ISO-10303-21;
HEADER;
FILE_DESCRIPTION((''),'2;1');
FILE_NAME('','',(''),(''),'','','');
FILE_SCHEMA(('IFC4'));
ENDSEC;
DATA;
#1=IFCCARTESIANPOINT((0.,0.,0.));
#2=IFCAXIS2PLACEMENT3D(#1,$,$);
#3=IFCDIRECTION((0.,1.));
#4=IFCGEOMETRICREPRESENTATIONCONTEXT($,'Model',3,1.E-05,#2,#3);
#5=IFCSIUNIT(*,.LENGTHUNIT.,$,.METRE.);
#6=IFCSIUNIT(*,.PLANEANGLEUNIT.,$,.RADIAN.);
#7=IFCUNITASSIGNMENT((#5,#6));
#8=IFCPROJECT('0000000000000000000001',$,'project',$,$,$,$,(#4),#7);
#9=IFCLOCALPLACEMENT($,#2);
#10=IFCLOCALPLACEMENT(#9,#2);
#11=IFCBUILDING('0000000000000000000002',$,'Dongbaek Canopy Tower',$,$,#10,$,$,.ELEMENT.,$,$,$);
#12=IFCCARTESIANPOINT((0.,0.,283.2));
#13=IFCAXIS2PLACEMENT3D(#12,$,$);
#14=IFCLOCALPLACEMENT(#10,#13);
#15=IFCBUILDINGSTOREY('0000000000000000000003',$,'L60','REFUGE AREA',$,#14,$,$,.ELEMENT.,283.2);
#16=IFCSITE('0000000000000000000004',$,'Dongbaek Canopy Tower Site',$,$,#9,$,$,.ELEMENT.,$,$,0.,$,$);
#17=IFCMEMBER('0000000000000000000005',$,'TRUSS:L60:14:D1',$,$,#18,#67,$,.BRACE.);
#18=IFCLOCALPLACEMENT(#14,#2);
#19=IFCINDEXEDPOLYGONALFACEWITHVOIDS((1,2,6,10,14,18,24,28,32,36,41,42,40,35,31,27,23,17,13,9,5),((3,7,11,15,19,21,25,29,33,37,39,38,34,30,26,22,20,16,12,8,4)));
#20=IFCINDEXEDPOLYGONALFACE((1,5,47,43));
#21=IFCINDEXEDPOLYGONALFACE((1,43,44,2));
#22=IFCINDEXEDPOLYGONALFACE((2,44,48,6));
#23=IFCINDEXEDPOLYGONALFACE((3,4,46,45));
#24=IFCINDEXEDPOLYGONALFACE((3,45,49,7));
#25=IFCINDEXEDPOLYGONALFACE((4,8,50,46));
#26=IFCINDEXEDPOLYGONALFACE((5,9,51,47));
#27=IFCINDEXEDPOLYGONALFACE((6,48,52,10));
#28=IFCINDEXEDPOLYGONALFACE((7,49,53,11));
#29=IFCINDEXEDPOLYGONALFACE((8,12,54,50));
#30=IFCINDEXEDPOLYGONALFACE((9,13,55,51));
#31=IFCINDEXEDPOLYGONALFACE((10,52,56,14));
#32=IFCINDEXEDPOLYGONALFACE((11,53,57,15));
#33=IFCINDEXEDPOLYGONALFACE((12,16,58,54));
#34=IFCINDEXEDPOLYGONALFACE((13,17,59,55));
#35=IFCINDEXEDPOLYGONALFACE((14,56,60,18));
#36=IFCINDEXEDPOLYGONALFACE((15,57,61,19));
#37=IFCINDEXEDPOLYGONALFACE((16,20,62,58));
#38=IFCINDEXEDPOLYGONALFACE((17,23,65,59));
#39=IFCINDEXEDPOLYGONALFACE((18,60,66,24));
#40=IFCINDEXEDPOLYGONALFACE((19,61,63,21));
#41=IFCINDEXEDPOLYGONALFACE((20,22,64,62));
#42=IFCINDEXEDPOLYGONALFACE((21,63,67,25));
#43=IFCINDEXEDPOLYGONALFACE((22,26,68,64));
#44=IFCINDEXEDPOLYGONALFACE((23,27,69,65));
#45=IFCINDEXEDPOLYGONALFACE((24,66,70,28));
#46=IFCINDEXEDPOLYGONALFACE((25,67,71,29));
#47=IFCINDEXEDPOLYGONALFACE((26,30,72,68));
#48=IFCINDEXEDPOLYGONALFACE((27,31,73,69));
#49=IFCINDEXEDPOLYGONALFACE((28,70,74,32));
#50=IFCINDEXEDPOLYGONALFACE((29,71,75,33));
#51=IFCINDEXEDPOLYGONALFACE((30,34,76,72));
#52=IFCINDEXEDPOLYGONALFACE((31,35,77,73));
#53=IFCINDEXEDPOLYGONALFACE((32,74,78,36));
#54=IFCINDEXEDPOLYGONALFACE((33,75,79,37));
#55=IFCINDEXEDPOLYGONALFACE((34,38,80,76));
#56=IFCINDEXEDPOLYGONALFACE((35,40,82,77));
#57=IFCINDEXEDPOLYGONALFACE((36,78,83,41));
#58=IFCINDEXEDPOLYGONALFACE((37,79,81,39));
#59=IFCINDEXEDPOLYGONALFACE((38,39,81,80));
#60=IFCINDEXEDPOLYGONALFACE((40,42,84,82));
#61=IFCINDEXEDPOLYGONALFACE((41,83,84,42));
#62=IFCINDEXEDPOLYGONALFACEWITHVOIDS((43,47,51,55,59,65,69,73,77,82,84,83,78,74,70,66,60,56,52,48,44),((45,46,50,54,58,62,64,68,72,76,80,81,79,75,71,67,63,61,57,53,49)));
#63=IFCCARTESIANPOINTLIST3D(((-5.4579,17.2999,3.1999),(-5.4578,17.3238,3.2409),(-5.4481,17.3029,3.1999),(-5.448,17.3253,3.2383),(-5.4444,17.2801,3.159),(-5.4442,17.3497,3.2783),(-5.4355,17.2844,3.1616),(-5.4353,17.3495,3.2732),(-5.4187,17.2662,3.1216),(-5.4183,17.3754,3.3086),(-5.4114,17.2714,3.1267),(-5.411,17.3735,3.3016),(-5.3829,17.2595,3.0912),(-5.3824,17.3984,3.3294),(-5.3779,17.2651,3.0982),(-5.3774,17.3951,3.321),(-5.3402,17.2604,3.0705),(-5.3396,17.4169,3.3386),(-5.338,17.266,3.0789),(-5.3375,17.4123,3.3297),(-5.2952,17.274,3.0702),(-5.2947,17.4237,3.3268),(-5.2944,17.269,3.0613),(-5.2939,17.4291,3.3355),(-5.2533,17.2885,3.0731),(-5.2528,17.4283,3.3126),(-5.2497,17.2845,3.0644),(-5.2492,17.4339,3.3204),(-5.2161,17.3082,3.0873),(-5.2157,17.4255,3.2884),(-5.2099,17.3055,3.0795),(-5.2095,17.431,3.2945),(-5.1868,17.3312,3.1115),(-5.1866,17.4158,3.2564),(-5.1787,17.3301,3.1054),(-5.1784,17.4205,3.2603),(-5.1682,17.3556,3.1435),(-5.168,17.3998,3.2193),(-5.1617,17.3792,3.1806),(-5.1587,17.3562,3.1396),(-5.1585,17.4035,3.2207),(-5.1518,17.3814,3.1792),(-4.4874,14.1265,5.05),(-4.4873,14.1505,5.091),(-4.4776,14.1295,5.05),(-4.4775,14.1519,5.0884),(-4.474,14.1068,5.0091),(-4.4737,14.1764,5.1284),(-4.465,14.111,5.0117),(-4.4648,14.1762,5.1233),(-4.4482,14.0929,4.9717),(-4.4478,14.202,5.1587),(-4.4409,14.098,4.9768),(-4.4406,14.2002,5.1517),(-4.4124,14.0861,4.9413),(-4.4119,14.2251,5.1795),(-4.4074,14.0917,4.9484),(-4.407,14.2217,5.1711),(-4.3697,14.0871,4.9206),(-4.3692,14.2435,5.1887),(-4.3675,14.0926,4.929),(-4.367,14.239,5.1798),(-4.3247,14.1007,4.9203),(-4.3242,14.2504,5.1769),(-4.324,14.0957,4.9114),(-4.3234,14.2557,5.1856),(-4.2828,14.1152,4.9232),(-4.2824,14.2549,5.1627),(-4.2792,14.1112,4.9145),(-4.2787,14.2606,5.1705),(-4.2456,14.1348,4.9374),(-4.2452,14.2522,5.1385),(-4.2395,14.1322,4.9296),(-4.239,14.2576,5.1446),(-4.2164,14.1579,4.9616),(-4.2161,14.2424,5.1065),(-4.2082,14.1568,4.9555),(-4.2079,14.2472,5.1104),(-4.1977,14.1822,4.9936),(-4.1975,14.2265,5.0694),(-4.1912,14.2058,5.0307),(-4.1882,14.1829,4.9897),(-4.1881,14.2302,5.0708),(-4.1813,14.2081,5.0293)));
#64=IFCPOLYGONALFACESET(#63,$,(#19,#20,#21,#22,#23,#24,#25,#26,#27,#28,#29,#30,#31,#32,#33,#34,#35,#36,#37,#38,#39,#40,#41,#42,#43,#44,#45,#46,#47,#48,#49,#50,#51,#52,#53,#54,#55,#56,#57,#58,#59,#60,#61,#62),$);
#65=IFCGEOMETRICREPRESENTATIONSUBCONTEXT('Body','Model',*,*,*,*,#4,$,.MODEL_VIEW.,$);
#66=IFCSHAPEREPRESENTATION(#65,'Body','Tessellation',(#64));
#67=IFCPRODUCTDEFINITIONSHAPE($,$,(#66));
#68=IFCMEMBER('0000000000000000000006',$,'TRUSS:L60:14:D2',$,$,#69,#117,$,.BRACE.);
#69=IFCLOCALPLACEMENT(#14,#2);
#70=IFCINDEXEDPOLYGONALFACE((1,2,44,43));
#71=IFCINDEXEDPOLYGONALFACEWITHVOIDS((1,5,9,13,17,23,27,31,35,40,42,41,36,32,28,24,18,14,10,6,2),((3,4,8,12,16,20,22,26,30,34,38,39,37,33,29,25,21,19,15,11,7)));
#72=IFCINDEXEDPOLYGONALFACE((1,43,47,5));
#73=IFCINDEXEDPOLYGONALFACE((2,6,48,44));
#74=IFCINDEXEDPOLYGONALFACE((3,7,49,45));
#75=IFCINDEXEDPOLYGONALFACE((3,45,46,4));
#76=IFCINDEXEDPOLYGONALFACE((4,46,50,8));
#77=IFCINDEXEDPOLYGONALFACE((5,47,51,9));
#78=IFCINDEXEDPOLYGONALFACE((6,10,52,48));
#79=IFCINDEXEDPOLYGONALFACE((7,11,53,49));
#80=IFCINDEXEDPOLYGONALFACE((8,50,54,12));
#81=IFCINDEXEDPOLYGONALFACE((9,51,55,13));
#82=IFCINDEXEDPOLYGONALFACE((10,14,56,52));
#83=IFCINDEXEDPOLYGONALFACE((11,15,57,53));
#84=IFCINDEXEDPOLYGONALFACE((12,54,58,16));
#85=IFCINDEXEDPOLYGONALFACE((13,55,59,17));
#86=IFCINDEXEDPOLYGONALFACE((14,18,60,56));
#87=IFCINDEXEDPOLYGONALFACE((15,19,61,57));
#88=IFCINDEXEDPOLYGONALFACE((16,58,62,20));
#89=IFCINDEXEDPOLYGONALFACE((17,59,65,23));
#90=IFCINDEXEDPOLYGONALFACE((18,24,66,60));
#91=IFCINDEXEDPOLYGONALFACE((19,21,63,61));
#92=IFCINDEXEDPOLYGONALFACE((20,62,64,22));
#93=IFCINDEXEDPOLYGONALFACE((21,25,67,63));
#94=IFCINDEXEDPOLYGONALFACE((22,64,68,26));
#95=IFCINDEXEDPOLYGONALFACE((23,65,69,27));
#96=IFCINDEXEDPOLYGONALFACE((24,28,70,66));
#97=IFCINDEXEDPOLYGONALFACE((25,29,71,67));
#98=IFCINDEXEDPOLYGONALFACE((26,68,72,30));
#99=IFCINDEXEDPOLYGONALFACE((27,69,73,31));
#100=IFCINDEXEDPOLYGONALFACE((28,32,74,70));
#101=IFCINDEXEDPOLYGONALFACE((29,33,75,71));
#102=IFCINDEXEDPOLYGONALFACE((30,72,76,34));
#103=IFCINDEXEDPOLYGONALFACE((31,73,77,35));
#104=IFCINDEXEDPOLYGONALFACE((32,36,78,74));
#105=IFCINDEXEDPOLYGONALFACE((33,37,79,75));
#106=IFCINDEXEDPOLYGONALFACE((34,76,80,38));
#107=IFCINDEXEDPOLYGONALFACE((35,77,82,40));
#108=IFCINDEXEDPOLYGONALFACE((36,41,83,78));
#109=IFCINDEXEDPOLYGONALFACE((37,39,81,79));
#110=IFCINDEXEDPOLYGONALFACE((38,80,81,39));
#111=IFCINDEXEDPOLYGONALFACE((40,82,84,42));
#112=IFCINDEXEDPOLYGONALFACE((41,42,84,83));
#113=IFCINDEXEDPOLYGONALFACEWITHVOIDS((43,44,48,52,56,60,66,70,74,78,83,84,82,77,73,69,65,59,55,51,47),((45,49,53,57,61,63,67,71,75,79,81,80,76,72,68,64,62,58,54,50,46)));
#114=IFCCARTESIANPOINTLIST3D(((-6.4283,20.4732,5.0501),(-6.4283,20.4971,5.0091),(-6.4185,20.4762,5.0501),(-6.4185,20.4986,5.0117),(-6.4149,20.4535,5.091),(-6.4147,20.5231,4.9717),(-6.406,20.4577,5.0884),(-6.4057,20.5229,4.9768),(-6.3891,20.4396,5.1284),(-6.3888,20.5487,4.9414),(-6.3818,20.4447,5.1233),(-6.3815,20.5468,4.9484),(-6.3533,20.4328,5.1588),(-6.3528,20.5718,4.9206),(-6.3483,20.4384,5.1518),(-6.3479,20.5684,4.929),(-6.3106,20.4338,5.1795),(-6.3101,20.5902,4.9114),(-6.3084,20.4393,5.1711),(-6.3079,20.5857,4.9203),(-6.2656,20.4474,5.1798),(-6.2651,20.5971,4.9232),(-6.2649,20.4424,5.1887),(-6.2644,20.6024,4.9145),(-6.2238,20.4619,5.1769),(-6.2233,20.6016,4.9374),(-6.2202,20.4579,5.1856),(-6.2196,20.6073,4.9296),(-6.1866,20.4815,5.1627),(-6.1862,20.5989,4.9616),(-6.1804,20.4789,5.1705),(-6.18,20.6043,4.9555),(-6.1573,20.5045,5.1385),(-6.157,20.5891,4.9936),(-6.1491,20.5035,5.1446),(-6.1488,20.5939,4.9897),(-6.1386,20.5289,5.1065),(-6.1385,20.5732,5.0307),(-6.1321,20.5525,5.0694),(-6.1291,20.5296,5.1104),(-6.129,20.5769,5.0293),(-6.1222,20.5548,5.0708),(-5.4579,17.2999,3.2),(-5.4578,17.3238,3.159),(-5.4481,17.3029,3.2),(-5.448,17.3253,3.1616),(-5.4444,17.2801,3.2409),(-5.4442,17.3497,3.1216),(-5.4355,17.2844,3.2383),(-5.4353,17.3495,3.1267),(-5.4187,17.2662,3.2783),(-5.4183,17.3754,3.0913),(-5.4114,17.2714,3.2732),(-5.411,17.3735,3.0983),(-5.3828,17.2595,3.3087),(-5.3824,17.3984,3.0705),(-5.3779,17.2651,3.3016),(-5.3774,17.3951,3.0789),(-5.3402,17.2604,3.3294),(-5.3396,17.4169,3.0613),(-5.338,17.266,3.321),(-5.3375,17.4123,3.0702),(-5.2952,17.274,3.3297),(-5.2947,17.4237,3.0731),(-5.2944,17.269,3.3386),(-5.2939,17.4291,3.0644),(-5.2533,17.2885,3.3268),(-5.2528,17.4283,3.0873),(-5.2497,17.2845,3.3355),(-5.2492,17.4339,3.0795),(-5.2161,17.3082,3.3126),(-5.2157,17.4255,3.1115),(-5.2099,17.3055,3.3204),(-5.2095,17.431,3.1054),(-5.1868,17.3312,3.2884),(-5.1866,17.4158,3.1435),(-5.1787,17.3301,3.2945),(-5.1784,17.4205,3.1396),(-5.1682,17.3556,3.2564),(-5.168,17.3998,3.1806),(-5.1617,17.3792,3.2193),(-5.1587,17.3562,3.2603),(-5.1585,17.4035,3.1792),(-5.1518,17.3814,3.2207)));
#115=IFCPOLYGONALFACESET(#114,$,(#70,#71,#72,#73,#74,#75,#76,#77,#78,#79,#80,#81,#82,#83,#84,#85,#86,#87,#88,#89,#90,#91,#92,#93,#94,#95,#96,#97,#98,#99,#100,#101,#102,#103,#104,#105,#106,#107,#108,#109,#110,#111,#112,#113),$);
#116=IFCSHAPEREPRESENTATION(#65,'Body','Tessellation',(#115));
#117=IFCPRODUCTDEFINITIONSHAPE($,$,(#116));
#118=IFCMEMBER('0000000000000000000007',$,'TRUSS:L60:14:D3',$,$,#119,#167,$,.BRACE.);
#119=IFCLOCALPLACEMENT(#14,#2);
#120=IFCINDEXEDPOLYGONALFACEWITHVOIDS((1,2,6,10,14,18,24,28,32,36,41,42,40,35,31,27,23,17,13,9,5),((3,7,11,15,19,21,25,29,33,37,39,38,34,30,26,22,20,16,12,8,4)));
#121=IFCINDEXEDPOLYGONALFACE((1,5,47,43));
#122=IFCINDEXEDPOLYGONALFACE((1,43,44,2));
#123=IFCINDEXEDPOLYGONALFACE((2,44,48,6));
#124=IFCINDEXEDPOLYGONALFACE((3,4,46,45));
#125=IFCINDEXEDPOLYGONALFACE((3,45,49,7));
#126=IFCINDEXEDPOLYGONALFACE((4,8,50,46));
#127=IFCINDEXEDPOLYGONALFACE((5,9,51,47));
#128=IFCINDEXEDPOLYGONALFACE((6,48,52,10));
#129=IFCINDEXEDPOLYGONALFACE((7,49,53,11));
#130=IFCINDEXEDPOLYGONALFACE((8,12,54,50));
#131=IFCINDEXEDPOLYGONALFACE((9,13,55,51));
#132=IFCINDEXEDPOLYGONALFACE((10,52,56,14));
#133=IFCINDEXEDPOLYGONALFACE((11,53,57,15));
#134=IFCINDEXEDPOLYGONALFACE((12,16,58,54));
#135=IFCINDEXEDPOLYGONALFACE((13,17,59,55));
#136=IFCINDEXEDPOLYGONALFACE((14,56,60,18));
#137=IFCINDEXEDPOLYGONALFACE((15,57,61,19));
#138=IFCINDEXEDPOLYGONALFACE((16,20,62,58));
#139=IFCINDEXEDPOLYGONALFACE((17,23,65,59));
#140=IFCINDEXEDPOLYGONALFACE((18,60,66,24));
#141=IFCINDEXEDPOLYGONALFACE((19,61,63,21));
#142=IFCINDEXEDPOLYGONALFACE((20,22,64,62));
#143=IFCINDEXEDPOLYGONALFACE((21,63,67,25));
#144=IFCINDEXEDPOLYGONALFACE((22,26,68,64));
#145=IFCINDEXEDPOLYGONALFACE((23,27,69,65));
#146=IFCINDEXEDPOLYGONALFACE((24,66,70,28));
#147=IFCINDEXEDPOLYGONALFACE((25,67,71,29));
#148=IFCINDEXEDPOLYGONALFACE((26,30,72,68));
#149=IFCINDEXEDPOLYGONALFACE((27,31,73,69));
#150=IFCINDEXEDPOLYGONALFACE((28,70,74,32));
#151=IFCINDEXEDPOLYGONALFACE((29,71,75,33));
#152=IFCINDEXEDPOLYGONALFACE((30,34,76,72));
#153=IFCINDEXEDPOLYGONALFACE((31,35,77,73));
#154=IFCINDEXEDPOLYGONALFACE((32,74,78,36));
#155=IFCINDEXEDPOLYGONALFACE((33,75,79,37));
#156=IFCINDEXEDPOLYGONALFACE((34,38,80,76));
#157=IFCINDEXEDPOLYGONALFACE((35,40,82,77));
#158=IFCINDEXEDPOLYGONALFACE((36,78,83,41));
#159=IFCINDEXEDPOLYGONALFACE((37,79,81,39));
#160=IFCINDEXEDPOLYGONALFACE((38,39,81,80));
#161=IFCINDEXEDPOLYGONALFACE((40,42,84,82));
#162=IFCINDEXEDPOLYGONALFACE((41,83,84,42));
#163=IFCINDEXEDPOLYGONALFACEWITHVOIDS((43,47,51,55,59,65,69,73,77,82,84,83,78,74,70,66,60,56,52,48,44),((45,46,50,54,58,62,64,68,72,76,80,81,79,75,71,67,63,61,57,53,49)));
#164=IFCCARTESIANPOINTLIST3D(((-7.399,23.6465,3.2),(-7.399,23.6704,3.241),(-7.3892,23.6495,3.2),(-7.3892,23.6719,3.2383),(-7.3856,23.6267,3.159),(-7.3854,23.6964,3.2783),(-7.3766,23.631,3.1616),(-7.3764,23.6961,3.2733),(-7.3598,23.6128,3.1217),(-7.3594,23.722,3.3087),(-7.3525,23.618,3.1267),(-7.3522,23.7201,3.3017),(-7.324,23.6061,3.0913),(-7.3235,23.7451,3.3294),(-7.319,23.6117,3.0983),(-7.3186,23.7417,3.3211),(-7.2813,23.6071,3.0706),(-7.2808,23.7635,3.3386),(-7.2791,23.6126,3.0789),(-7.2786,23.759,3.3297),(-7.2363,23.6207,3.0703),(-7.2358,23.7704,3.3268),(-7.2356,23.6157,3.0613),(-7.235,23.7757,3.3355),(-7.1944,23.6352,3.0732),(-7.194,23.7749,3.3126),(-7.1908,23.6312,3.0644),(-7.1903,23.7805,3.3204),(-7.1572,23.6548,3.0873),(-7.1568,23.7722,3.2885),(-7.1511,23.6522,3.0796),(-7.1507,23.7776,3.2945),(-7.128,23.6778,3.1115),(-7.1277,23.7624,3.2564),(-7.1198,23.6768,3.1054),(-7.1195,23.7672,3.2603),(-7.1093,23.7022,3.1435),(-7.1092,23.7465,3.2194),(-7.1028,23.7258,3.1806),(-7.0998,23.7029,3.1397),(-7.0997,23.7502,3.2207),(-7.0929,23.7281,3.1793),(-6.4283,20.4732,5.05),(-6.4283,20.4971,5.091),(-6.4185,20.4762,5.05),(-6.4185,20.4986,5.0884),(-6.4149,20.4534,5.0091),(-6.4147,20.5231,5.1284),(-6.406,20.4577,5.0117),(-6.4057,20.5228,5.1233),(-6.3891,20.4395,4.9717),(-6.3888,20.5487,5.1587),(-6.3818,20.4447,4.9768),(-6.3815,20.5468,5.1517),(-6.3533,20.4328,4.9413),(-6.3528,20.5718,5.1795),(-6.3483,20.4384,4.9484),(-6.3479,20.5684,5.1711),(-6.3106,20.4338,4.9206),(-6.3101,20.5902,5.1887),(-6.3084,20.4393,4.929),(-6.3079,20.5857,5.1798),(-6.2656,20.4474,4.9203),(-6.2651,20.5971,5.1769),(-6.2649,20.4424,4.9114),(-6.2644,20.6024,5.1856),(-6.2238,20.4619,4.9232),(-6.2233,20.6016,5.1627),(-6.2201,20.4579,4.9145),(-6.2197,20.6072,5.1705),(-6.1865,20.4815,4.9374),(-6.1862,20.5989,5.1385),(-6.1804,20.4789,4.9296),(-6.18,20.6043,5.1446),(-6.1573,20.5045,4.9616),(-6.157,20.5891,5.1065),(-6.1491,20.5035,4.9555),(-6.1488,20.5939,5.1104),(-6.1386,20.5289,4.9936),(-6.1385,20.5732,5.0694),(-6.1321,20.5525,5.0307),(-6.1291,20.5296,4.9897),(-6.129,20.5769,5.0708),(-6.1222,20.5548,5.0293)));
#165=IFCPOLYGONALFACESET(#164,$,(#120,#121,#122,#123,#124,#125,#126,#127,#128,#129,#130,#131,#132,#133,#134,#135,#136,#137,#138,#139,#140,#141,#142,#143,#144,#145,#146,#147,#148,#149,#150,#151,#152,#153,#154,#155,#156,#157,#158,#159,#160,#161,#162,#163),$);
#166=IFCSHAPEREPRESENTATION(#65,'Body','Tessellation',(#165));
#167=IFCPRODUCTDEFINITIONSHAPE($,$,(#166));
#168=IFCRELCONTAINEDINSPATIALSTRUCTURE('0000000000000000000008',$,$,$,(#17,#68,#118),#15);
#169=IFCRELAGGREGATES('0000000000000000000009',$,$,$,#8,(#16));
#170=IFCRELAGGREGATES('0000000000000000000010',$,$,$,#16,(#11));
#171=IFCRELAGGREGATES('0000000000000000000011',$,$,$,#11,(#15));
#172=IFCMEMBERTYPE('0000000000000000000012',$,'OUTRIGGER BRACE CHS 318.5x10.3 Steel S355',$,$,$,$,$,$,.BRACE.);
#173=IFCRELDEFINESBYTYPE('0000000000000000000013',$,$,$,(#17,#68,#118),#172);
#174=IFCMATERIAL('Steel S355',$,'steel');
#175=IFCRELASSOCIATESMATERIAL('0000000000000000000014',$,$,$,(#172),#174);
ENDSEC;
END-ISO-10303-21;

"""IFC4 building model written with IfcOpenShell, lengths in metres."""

from ifc_helpers import new_model, si_unit, direction, frame, origin, origin_2d, place, context, subcontext, project, spatial, hollow_circle, extrude, material, material_profile, profile_set, type_object, element, save


model = new_model("IFC4")

# Units and contexts
model_context = context("Model", 3, precision=1e-05, world=origin(), true_north=direction((0.0, 1.0)))
body_context = subcontext(model_context, "Body", "Model", "MODEL_VIEW")
ifc_project = project(units=[si_unit("LENGTHUNIT", "METRE"), si_unit("PLANEANGLEUNIT", "RADIAN")], contexts=[model_context])

# Site, building, storey
site_placement = place(None, origin())
site = spatial("IfcSite", under=ifc_project, at=site_placement, Name="Dongbaek Canopy Tower Site", CompositionType="ELEMENT", RefElevation=0.0)
building_placement = place(site_placement, origin())
building = spatial("IfcBuilding", under=site, at=building_placement, Name="Dongbaek Canopy Tower", CompositionType="ELEMENT")
storey_placement = place(building_placement, frame((0.0, 0.0, 283.2)))
storey = spatial("IfcBuildingStorey", under=building, at=storey_placement, Name="L60", Description="REFUGE AREA", CompositionType="ELEMENT", Elevation=283.2)

# Members
ifc_material_1 = material(Name="Steel S355", Category="steel")
ifc_material_profile_1 = material_profile(ifc_material_1, hollow_circle(Radius=0.1592, WallThickness=0.0103, at=origin_2d()), Name="OUTRIGGER BRACE CHS 318.5x10.3 Steel S355")
ifc_profile_set_1 = profile_set([ifc_material_profile_1], Name="Steel S355")
member_type_1 = type_object("IfcMemberType", Name="OUTRIGGER BRACE CHS 318.5x10.3 Steel S355", PredefinedType="BRACE", material=ifc_profile_set_1)
for number, where, z_axis, x_axis, name in (
    (1, (-4.3352, 14.1731, 5.05), (-0.25543, 0.835242, -0.486957), (-0.956282, -0.292447, 0.0), "TRUSS:L60:14:D1"),
    (2, (-5.3057, 17.3464, 3.2), (-0.25543, 0.835242, 0.486957), (-0.956282, -0.292447, 0.0), "TRUSS:L60:14:D2"),
    (3, (-6.2761, 20.5198, 5.05), (-0.255491, 0.835228, -0.486949), (-0.956261, -0.292514, 0.0), "TRUSS:L60:14:D3"),
):
    element("IfcMember", number, at=place(storey_placement, frame(where, z_axis=z_axis, x_axis=x_axis)), inside=storey, type_object=member_type_1, Name=name, PredefinedType="BRACE", context=body_context, shape_type="SweptSolid", body=[
        extrude(hollow_circle(Radius=0.1592, WallThickness=0.0103, at=origin_2d()), origin(), (0.0, 0.0, 1.0), 3.7993),
    ])

save(model, "model.ifc")
